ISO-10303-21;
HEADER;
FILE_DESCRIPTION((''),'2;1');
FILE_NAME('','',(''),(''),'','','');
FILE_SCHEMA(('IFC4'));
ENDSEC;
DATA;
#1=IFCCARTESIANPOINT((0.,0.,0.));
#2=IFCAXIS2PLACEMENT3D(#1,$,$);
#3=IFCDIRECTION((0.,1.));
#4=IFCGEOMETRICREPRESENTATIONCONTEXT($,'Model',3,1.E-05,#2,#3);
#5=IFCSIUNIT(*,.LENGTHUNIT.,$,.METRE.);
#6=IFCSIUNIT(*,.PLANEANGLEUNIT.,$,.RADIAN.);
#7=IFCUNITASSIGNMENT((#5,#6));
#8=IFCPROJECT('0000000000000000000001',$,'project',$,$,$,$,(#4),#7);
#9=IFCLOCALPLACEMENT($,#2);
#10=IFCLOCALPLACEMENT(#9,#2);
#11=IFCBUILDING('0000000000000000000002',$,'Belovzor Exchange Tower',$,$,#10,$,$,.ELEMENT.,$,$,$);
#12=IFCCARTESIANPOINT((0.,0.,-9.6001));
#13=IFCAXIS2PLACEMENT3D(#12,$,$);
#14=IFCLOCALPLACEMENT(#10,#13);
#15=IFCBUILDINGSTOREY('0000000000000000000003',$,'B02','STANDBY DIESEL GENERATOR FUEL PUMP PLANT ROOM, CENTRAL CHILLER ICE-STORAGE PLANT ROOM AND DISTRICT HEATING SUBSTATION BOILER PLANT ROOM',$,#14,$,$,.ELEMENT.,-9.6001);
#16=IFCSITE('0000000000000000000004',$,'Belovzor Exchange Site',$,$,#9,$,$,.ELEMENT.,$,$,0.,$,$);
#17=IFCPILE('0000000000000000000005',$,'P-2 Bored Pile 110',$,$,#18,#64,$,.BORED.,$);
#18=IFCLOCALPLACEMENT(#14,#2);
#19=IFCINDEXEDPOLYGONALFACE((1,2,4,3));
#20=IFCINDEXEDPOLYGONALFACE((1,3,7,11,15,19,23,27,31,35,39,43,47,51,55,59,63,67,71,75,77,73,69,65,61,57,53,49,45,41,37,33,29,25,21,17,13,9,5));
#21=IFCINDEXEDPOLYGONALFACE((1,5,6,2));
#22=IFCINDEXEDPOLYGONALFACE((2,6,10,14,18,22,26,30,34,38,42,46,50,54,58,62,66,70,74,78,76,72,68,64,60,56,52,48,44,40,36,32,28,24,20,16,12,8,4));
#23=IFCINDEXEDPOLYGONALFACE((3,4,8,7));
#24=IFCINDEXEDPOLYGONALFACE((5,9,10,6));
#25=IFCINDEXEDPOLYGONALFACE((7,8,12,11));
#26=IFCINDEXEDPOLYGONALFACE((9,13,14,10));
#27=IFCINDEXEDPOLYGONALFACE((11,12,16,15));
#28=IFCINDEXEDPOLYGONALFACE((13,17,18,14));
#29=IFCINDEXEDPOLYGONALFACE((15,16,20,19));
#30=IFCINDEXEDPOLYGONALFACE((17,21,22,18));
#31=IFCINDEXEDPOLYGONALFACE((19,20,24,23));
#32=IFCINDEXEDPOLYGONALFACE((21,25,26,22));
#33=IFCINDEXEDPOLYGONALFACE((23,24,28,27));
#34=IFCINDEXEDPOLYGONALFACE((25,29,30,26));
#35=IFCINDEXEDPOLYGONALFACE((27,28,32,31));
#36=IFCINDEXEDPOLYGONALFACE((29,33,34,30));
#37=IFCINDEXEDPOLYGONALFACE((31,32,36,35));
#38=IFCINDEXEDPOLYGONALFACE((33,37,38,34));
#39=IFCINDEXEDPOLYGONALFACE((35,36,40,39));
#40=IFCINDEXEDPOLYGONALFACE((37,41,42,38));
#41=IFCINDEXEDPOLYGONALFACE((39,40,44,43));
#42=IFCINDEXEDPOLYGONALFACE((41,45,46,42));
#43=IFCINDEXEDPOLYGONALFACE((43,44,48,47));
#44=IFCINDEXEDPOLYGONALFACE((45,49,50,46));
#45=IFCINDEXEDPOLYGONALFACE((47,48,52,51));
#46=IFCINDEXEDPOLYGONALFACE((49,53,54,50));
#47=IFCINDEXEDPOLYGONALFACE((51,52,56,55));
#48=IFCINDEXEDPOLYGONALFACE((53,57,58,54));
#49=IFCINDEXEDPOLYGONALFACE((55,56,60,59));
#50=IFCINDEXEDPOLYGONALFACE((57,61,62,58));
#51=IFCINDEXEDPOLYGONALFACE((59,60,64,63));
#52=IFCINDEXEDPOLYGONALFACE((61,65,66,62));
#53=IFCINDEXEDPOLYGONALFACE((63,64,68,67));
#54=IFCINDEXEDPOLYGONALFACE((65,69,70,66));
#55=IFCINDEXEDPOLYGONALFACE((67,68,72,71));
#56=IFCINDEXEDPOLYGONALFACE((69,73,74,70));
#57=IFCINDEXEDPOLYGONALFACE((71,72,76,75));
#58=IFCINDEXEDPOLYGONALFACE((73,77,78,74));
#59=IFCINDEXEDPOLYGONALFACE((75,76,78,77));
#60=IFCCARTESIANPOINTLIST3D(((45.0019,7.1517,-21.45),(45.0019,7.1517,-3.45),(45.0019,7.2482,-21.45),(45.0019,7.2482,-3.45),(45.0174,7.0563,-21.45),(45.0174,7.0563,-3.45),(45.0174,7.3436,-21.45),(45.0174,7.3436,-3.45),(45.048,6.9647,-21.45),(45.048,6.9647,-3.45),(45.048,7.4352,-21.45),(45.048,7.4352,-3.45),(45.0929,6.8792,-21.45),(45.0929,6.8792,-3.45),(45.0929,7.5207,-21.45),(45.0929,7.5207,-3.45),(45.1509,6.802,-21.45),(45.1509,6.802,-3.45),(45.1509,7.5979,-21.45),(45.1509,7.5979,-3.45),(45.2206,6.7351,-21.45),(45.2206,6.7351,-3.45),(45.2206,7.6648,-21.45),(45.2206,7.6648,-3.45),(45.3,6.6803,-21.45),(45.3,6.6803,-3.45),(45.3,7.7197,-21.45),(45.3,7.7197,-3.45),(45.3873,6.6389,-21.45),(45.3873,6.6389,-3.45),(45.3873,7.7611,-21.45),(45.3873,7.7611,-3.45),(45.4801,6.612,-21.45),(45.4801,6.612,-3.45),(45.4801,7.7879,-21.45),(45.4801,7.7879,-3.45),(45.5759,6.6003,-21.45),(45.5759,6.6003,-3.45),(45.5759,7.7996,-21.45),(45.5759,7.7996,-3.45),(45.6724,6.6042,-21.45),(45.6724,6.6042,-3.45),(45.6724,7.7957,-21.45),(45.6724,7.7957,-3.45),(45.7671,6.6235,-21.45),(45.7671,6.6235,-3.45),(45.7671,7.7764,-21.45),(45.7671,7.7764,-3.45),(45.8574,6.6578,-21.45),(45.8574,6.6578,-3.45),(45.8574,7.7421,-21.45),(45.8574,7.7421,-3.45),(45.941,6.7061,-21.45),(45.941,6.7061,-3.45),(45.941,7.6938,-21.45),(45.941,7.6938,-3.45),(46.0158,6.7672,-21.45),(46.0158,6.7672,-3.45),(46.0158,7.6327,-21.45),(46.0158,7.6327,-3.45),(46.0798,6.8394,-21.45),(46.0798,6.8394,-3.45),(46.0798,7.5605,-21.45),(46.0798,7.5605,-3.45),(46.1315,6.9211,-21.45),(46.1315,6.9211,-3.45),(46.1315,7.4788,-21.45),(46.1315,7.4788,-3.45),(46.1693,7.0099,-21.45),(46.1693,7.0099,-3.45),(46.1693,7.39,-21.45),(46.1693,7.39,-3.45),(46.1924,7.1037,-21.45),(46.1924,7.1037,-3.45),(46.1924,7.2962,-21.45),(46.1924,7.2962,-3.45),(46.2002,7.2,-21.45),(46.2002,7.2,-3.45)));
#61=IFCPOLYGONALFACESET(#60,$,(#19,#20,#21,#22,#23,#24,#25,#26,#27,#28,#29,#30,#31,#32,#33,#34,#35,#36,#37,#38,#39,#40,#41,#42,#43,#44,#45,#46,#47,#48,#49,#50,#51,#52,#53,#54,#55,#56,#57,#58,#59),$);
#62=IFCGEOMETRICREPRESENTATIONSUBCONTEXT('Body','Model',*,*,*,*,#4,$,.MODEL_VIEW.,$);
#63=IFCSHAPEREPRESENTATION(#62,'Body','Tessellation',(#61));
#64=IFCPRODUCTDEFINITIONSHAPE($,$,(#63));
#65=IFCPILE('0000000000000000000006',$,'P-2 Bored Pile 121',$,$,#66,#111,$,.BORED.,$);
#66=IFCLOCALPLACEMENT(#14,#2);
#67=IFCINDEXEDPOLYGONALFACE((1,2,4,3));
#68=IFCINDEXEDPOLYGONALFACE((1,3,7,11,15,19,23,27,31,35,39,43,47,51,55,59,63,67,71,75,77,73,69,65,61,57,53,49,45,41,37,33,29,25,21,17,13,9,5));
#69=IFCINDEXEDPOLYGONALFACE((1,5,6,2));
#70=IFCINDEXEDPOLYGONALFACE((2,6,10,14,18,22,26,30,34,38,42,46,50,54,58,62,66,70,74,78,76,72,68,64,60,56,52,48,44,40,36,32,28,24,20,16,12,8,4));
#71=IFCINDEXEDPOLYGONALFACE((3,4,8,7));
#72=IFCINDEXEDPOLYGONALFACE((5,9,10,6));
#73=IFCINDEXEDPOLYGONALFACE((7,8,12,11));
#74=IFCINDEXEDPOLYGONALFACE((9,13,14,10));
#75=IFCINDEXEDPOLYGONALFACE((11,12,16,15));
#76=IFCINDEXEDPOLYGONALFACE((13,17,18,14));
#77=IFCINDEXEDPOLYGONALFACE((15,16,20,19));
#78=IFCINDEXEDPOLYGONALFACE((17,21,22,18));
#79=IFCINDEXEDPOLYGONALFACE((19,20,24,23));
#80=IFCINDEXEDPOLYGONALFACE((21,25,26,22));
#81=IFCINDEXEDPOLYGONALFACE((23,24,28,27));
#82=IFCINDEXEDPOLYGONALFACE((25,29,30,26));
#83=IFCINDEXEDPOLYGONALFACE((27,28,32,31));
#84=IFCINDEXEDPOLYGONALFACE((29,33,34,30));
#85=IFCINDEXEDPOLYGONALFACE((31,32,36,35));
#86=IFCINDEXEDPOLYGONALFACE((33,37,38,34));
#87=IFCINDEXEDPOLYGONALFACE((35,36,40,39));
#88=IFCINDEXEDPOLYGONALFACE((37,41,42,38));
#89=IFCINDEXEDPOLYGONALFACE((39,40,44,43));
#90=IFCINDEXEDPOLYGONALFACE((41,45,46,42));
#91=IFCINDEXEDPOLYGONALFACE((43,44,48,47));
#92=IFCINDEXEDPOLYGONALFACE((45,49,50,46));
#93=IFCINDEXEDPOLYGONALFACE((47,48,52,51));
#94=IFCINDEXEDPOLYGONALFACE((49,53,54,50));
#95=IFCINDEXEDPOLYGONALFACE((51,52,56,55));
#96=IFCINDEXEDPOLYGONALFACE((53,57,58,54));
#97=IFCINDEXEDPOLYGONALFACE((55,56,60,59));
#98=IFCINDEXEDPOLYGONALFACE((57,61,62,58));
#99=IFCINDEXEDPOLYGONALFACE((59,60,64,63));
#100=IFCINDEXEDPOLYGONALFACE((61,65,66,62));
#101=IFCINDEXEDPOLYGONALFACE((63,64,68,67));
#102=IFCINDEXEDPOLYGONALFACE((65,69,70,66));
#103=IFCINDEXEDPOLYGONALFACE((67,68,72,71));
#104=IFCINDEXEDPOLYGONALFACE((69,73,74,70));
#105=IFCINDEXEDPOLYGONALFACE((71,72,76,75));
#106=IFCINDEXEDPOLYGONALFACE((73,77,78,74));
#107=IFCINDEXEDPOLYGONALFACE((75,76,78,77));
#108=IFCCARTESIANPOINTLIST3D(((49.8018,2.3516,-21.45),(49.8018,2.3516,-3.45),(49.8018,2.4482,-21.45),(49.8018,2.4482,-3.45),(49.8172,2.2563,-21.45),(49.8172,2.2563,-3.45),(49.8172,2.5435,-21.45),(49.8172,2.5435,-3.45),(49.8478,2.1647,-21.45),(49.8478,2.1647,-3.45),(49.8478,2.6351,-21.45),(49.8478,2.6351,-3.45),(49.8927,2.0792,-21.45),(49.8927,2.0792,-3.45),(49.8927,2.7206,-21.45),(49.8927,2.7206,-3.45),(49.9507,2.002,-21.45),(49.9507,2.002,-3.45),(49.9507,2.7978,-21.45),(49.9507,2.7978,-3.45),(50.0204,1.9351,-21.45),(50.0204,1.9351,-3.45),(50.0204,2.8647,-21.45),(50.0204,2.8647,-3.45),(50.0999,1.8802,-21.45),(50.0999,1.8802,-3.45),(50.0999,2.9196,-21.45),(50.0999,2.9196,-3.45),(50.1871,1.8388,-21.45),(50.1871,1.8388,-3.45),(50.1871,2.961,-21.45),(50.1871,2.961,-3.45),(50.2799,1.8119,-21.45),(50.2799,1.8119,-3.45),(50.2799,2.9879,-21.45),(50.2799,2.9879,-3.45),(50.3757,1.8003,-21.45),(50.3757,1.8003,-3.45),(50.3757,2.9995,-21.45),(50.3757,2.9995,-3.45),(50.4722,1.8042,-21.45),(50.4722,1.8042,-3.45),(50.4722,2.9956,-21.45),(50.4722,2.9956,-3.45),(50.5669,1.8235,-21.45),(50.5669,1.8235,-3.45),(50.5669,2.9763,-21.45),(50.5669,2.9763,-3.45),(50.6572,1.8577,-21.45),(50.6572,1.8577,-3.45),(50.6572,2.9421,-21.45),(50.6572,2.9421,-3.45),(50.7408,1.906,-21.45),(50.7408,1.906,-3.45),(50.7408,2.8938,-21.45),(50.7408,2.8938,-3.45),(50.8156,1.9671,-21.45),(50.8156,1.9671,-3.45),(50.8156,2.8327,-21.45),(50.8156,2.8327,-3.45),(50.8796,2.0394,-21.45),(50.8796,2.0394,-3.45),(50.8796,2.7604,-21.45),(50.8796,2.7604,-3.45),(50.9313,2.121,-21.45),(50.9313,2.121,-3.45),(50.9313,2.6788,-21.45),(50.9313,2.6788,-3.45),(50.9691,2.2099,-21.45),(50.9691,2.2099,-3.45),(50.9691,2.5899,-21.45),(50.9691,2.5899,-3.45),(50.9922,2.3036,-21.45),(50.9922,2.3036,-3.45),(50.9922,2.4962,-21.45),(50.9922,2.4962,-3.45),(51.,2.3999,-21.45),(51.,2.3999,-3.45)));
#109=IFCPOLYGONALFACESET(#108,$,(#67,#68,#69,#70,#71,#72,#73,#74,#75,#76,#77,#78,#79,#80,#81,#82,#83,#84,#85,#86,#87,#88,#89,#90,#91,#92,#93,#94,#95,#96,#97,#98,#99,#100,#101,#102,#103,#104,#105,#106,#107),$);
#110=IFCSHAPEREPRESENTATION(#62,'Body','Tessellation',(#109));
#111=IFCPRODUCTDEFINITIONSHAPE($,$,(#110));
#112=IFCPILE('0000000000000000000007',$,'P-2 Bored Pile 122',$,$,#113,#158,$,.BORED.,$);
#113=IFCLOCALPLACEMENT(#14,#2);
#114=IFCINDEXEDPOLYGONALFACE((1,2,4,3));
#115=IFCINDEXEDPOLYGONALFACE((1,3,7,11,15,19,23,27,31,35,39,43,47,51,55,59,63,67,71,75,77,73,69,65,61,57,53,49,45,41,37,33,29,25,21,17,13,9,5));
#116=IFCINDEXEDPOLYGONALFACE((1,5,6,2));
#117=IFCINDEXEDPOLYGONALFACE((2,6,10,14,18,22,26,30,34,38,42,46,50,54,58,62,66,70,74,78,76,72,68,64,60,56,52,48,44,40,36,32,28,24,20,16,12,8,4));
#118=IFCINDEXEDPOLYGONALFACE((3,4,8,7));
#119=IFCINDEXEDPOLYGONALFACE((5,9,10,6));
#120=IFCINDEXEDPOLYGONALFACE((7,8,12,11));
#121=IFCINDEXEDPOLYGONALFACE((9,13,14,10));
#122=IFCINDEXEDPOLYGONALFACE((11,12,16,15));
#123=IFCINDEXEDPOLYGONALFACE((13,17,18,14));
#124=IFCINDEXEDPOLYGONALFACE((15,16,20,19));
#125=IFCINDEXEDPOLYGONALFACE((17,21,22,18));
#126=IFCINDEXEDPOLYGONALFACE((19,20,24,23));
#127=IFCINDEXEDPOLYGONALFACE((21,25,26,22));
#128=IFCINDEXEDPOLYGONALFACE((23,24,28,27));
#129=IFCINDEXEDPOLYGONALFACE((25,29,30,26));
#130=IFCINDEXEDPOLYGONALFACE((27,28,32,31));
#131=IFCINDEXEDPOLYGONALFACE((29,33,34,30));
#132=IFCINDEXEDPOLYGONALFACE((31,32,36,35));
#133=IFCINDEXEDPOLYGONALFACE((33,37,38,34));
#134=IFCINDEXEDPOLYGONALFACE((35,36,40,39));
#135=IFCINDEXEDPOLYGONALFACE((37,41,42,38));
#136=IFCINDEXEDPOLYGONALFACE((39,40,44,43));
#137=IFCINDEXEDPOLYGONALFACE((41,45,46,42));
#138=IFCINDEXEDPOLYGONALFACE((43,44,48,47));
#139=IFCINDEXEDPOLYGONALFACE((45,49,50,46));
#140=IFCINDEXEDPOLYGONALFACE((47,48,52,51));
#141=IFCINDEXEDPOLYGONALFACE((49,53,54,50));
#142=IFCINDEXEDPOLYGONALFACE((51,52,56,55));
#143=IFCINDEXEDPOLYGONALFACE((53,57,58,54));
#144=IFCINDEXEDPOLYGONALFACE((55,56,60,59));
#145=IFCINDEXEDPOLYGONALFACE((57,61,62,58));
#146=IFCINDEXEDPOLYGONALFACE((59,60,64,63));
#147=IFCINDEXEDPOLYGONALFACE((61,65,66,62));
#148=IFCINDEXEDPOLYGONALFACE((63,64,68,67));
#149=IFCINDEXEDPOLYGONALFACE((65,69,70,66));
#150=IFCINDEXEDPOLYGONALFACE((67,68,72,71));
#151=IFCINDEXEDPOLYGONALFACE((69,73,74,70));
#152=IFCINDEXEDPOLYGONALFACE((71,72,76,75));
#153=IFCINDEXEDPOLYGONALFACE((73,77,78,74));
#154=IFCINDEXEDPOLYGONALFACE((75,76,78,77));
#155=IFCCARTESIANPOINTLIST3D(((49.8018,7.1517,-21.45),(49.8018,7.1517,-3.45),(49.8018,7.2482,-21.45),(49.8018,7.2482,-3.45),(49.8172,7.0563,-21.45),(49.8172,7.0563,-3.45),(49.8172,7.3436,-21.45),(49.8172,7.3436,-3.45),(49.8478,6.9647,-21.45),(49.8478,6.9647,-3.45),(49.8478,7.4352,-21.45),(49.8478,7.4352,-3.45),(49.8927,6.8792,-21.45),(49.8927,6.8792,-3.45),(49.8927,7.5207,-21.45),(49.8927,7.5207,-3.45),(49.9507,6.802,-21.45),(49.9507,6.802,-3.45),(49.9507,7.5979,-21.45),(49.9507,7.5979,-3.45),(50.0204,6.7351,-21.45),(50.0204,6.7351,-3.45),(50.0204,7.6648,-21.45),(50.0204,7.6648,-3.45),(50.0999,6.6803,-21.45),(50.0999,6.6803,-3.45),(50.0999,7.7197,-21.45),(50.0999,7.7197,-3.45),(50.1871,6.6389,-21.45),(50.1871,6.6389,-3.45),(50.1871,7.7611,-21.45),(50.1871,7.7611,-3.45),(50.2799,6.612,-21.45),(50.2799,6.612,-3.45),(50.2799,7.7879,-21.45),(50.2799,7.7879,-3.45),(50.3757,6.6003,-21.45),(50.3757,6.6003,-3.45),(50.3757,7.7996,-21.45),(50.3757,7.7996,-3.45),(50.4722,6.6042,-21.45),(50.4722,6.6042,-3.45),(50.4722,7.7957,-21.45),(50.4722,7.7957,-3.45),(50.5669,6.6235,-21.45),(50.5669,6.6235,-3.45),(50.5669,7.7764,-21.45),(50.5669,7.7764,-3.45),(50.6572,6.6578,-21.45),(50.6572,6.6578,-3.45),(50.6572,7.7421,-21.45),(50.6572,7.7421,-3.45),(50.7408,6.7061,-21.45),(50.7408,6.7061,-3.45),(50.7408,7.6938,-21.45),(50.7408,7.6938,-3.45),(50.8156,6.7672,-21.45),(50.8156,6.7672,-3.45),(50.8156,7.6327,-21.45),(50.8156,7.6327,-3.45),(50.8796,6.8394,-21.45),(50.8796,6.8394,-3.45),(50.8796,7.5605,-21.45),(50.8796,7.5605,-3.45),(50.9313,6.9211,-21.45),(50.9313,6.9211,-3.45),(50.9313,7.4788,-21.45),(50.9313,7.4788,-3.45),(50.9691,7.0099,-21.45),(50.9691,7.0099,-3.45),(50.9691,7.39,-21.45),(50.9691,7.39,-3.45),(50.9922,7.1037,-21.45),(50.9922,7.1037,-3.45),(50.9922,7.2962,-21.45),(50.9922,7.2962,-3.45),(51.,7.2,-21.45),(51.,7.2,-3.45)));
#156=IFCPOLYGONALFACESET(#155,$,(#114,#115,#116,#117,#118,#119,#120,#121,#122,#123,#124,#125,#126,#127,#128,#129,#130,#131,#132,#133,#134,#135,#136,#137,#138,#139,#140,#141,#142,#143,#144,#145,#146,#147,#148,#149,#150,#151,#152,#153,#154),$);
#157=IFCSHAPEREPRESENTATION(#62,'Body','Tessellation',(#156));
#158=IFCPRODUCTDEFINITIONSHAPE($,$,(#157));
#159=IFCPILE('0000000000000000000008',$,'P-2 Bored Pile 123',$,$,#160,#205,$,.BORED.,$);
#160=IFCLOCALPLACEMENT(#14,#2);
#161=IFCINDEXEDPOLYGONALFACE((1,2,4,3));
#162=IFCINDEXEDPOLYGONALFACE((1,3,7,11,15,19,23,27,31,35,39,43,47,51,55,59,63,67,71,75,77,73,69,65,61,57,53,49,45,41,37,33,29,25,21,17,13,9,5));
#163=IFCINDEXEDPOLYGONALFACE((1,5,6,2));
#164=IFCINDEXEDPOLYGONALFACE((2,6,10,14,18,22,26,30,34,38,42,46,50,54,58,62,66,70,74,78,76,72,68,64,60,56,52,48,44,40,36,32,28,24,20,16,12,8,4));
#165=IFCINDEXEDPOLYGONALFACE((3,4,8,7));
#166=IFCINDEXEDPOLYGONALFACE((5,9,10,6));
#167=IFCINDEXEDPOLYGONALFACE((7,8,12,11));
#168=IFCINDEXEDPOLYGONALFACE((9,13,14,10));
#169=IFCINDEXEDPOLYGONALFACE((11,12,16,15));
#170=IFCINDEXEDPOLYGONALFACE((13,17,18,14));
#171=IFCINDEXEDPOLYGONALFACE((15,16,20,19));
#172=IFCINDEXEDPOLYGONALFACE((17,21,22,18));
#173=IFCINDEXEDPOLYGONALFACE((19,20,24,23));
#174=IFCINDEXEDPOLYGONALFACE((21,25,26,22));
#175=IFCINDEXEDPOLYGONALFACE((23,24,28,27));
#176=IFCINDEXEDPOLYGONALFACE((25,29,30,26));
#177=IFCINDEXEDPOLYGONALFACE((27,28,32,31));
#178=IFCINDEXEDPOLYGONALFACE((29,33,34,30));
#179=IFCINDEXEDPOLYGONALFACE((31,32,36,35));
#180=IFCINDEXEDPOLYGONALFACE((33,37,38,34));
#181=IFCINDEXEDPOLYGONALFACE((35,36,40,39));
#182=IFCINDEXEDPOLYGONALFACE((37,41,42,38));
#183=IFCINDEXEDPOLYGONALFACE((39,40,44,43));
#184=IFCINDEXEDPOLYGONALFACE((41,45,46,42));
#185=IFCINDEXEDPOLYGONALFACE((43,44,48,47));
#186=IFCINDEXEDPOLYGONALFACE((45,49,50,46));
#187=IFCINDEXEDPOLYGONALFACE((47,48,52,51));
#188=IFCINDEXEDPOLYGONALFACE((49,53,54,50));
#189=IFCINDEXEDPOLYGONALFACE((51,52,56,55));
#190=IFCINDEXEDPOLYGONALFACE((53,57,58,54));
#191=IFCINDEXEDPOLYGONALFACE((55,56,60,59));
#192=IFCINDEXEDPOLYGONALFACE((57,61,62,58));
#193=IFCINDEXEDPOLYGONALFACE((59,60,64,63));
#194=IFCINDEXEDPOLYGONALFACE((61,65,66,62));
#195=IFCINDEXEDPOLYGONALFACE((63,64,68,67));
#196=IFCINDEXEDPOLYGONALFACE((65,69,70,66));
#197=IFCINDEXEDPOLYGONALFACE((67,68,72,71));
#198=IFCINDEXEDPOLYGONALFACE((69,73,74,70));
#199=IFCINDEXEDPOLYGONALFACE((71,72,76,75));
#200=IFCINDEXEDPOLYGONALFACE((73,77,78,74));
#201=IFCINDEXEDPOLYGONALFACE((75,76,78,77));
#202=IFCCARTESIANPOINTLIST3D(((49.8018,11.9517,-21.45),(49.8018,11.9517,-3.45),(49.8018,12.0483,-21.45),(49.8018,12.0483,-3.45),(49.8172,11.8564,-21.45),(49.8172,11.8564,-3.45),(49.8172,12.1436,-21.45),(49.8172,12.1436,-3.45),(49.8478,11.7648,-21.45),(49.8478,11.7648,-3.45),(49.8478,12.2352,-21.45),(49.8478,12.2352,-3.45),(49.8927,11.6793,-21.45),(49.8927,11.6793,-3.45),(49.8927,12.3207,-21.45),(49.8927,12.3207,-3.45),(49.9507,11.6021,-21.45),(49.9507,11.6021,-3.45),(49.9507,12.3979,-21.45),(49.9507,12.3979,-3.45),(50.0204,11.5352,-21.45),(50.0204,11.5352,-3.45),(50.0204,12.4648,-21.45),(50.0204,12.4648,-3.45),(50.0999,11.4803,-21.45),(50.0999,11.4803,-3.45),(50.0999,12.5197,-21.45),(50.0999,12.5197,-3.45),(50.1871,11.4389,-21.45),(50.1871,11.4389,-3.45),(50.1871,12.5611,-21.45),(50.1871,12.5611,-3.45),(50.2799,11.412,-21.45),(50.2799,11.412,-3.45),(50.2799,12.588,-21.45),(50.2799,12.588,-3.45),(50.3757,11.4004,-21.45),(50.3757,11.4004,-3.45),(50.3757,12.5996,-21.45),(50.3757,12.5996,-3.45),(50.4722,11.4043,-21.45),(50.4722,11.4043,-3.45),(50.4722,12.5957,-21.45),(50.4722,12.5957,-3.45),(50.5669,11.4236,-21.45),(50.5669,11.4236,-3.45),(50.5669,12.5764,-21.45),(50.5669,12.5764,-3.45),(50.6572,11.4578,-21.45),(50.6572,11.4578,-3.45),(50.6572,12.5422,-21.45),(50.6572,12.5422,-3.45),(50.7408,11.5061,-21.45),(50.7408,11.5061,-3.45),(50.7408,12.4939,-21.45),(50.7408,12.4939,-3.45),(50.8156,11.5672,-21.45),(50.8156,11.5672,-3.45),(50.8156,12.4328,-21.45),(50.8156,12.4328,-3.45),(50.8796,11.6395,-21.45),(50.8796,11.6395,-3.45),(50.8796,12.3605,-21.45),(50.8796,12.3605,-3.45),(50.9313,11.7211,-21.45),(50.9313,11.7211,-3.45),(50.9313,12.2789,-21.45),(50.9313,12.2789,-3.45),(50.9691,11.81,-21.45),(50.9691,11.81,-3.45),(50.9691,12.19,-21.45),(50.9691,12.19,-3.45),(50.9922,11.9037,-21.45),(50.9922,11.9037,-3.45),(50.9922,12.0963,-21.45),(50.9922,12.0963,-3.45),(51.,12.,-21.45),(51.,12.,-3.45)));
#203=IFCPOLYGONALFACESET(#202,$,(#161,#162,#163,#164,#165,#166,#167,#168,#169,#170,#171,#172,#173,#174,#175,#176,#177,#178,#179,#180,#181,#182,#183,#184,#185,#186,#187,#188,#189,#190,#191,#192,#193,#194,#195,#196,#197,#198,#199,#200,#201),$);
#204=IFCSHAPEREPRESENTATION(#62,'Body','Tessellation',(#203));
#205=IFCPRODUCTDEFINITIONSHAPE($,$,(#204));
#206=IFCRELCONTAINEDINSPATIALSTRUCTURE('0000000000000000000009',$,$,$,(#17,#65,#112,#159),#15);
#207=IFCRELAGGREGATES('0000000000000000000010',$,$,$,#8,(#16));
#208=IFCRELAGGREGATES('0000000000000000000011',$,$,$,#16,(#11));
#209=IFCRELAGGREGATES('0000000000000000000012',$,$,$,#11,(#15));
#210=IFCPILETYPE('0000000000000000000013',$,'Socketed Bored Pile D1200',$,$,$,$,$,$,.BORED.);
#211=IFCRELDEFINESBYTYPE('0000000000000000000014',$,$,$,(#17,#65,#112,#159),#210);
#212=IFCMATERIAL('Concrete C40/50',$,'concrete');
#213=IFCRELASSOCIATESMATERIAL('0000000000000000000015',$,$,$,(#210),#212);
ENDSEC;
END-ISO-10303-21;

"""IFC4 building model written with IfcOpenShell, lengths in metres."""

from ifc_helpers import new_model, si_unit, direction, frame, origin, origin_2d, place, context, subcontext, project, spatial, circle, extrude, material, material_profile, profile_set, type_object, element, save


model = new_model("IFC4")

# Units and contexts
model_context = context("Model", 3, precision=1e-05, world=origin(), true_north=direction((0.0, 1.0)))
body_context = subcontext(model_context, "Body", "Model", "MODEL_VIEW")
ifc_project = project(units=[si_unit("LENGTHUNIT", "METRE"), si_unit("PLANEANGLEUNIT", "RADIAN")], contexts=[model_context])

# Site, building, storey
site_placement = place(None, origin())
site = spatial("IfcSite", under=ifc_project, at=site_placement, Name="Belovzor Exchange Site", CompositionType="ELEMENT", RefElevation=0.0)
building_placement = place(site_placement, origin())
building = spatial("IfcBuilding", under=site, at=building_placement, Name="Belovzor Exchange Tower", CompositionType="ELEMENT")
storey_placement = place(building_placement, frame((0.0, 0.0, -9.6001)))
storey = spatial("IfcBuildingStorey", under=building, at=storey_placement, Name="B02", Description="STANDBY DIESEL GENERATOR FUEL PUMP PLANT ROOM, CENTRAL CHILLER ICE-STORAGE PLANT ROOM AND DISTRICT HEATING SUBSTATION BOILER PLANT ROOM", CompositionType="ELEMENT", Elevation=-9.6001)

# Piles
ifc_material_1 = material(Name="Concrete C40/50", Category="concrete")
ifc_material_profile_1 = material_profile(ifc_material_1, circle(Radius=0.6001, at=origin_2d()))
ifc_profile_set_1 = profile_set([ifc_material_profile_1], Name="Concrete C40/50")
pile_type_1 = type_object("IfcPileType", Name="Socketed Bored Pile D1200", PredefinedType="BORED", material=ifc_profile_set_1)
for number, where, z_axis, x_axis, name in (
    (1, (45.6001, 7.2, -3.45), (0.0, 0.0, -1.0), (1.0, 0.0, 0.0), "P-2 Bored Pile 110"),
    (2, (50.3999, 2.3999, -3.45), (0.0, 0.0, -1.0), (1.0, 0.0, 0.0), "P-2 Bored Pile 121"),
    (3, (50.3999, 7.2, -3.45), (0.0, 0.0, -1.0), (1.0, 0.0, 0.0), "P-2 Bored Pile 122"),
    (4, (50.3999, 12.0, -3.45), (0.0, 0.0, -1.0), (1.0, 0.0, 0.0), "P-2 Bored Pile 123"),
):
    element("IfcPile", number, at=place(storey_placement, frame(where, z_axis=z_axis, x_axis=x_axis)), inside=storey, type_object=pile_type_1, Name=name, PredefinedType="BORED", context=body_context, shape_type="SweptSolid", body=[
        extrude(circle(Radius=0.6001, at=origin_2d()), origin(), (0.0, 0.0, 1.0), 18.0),
    ])

save(model, "model.ifc")
